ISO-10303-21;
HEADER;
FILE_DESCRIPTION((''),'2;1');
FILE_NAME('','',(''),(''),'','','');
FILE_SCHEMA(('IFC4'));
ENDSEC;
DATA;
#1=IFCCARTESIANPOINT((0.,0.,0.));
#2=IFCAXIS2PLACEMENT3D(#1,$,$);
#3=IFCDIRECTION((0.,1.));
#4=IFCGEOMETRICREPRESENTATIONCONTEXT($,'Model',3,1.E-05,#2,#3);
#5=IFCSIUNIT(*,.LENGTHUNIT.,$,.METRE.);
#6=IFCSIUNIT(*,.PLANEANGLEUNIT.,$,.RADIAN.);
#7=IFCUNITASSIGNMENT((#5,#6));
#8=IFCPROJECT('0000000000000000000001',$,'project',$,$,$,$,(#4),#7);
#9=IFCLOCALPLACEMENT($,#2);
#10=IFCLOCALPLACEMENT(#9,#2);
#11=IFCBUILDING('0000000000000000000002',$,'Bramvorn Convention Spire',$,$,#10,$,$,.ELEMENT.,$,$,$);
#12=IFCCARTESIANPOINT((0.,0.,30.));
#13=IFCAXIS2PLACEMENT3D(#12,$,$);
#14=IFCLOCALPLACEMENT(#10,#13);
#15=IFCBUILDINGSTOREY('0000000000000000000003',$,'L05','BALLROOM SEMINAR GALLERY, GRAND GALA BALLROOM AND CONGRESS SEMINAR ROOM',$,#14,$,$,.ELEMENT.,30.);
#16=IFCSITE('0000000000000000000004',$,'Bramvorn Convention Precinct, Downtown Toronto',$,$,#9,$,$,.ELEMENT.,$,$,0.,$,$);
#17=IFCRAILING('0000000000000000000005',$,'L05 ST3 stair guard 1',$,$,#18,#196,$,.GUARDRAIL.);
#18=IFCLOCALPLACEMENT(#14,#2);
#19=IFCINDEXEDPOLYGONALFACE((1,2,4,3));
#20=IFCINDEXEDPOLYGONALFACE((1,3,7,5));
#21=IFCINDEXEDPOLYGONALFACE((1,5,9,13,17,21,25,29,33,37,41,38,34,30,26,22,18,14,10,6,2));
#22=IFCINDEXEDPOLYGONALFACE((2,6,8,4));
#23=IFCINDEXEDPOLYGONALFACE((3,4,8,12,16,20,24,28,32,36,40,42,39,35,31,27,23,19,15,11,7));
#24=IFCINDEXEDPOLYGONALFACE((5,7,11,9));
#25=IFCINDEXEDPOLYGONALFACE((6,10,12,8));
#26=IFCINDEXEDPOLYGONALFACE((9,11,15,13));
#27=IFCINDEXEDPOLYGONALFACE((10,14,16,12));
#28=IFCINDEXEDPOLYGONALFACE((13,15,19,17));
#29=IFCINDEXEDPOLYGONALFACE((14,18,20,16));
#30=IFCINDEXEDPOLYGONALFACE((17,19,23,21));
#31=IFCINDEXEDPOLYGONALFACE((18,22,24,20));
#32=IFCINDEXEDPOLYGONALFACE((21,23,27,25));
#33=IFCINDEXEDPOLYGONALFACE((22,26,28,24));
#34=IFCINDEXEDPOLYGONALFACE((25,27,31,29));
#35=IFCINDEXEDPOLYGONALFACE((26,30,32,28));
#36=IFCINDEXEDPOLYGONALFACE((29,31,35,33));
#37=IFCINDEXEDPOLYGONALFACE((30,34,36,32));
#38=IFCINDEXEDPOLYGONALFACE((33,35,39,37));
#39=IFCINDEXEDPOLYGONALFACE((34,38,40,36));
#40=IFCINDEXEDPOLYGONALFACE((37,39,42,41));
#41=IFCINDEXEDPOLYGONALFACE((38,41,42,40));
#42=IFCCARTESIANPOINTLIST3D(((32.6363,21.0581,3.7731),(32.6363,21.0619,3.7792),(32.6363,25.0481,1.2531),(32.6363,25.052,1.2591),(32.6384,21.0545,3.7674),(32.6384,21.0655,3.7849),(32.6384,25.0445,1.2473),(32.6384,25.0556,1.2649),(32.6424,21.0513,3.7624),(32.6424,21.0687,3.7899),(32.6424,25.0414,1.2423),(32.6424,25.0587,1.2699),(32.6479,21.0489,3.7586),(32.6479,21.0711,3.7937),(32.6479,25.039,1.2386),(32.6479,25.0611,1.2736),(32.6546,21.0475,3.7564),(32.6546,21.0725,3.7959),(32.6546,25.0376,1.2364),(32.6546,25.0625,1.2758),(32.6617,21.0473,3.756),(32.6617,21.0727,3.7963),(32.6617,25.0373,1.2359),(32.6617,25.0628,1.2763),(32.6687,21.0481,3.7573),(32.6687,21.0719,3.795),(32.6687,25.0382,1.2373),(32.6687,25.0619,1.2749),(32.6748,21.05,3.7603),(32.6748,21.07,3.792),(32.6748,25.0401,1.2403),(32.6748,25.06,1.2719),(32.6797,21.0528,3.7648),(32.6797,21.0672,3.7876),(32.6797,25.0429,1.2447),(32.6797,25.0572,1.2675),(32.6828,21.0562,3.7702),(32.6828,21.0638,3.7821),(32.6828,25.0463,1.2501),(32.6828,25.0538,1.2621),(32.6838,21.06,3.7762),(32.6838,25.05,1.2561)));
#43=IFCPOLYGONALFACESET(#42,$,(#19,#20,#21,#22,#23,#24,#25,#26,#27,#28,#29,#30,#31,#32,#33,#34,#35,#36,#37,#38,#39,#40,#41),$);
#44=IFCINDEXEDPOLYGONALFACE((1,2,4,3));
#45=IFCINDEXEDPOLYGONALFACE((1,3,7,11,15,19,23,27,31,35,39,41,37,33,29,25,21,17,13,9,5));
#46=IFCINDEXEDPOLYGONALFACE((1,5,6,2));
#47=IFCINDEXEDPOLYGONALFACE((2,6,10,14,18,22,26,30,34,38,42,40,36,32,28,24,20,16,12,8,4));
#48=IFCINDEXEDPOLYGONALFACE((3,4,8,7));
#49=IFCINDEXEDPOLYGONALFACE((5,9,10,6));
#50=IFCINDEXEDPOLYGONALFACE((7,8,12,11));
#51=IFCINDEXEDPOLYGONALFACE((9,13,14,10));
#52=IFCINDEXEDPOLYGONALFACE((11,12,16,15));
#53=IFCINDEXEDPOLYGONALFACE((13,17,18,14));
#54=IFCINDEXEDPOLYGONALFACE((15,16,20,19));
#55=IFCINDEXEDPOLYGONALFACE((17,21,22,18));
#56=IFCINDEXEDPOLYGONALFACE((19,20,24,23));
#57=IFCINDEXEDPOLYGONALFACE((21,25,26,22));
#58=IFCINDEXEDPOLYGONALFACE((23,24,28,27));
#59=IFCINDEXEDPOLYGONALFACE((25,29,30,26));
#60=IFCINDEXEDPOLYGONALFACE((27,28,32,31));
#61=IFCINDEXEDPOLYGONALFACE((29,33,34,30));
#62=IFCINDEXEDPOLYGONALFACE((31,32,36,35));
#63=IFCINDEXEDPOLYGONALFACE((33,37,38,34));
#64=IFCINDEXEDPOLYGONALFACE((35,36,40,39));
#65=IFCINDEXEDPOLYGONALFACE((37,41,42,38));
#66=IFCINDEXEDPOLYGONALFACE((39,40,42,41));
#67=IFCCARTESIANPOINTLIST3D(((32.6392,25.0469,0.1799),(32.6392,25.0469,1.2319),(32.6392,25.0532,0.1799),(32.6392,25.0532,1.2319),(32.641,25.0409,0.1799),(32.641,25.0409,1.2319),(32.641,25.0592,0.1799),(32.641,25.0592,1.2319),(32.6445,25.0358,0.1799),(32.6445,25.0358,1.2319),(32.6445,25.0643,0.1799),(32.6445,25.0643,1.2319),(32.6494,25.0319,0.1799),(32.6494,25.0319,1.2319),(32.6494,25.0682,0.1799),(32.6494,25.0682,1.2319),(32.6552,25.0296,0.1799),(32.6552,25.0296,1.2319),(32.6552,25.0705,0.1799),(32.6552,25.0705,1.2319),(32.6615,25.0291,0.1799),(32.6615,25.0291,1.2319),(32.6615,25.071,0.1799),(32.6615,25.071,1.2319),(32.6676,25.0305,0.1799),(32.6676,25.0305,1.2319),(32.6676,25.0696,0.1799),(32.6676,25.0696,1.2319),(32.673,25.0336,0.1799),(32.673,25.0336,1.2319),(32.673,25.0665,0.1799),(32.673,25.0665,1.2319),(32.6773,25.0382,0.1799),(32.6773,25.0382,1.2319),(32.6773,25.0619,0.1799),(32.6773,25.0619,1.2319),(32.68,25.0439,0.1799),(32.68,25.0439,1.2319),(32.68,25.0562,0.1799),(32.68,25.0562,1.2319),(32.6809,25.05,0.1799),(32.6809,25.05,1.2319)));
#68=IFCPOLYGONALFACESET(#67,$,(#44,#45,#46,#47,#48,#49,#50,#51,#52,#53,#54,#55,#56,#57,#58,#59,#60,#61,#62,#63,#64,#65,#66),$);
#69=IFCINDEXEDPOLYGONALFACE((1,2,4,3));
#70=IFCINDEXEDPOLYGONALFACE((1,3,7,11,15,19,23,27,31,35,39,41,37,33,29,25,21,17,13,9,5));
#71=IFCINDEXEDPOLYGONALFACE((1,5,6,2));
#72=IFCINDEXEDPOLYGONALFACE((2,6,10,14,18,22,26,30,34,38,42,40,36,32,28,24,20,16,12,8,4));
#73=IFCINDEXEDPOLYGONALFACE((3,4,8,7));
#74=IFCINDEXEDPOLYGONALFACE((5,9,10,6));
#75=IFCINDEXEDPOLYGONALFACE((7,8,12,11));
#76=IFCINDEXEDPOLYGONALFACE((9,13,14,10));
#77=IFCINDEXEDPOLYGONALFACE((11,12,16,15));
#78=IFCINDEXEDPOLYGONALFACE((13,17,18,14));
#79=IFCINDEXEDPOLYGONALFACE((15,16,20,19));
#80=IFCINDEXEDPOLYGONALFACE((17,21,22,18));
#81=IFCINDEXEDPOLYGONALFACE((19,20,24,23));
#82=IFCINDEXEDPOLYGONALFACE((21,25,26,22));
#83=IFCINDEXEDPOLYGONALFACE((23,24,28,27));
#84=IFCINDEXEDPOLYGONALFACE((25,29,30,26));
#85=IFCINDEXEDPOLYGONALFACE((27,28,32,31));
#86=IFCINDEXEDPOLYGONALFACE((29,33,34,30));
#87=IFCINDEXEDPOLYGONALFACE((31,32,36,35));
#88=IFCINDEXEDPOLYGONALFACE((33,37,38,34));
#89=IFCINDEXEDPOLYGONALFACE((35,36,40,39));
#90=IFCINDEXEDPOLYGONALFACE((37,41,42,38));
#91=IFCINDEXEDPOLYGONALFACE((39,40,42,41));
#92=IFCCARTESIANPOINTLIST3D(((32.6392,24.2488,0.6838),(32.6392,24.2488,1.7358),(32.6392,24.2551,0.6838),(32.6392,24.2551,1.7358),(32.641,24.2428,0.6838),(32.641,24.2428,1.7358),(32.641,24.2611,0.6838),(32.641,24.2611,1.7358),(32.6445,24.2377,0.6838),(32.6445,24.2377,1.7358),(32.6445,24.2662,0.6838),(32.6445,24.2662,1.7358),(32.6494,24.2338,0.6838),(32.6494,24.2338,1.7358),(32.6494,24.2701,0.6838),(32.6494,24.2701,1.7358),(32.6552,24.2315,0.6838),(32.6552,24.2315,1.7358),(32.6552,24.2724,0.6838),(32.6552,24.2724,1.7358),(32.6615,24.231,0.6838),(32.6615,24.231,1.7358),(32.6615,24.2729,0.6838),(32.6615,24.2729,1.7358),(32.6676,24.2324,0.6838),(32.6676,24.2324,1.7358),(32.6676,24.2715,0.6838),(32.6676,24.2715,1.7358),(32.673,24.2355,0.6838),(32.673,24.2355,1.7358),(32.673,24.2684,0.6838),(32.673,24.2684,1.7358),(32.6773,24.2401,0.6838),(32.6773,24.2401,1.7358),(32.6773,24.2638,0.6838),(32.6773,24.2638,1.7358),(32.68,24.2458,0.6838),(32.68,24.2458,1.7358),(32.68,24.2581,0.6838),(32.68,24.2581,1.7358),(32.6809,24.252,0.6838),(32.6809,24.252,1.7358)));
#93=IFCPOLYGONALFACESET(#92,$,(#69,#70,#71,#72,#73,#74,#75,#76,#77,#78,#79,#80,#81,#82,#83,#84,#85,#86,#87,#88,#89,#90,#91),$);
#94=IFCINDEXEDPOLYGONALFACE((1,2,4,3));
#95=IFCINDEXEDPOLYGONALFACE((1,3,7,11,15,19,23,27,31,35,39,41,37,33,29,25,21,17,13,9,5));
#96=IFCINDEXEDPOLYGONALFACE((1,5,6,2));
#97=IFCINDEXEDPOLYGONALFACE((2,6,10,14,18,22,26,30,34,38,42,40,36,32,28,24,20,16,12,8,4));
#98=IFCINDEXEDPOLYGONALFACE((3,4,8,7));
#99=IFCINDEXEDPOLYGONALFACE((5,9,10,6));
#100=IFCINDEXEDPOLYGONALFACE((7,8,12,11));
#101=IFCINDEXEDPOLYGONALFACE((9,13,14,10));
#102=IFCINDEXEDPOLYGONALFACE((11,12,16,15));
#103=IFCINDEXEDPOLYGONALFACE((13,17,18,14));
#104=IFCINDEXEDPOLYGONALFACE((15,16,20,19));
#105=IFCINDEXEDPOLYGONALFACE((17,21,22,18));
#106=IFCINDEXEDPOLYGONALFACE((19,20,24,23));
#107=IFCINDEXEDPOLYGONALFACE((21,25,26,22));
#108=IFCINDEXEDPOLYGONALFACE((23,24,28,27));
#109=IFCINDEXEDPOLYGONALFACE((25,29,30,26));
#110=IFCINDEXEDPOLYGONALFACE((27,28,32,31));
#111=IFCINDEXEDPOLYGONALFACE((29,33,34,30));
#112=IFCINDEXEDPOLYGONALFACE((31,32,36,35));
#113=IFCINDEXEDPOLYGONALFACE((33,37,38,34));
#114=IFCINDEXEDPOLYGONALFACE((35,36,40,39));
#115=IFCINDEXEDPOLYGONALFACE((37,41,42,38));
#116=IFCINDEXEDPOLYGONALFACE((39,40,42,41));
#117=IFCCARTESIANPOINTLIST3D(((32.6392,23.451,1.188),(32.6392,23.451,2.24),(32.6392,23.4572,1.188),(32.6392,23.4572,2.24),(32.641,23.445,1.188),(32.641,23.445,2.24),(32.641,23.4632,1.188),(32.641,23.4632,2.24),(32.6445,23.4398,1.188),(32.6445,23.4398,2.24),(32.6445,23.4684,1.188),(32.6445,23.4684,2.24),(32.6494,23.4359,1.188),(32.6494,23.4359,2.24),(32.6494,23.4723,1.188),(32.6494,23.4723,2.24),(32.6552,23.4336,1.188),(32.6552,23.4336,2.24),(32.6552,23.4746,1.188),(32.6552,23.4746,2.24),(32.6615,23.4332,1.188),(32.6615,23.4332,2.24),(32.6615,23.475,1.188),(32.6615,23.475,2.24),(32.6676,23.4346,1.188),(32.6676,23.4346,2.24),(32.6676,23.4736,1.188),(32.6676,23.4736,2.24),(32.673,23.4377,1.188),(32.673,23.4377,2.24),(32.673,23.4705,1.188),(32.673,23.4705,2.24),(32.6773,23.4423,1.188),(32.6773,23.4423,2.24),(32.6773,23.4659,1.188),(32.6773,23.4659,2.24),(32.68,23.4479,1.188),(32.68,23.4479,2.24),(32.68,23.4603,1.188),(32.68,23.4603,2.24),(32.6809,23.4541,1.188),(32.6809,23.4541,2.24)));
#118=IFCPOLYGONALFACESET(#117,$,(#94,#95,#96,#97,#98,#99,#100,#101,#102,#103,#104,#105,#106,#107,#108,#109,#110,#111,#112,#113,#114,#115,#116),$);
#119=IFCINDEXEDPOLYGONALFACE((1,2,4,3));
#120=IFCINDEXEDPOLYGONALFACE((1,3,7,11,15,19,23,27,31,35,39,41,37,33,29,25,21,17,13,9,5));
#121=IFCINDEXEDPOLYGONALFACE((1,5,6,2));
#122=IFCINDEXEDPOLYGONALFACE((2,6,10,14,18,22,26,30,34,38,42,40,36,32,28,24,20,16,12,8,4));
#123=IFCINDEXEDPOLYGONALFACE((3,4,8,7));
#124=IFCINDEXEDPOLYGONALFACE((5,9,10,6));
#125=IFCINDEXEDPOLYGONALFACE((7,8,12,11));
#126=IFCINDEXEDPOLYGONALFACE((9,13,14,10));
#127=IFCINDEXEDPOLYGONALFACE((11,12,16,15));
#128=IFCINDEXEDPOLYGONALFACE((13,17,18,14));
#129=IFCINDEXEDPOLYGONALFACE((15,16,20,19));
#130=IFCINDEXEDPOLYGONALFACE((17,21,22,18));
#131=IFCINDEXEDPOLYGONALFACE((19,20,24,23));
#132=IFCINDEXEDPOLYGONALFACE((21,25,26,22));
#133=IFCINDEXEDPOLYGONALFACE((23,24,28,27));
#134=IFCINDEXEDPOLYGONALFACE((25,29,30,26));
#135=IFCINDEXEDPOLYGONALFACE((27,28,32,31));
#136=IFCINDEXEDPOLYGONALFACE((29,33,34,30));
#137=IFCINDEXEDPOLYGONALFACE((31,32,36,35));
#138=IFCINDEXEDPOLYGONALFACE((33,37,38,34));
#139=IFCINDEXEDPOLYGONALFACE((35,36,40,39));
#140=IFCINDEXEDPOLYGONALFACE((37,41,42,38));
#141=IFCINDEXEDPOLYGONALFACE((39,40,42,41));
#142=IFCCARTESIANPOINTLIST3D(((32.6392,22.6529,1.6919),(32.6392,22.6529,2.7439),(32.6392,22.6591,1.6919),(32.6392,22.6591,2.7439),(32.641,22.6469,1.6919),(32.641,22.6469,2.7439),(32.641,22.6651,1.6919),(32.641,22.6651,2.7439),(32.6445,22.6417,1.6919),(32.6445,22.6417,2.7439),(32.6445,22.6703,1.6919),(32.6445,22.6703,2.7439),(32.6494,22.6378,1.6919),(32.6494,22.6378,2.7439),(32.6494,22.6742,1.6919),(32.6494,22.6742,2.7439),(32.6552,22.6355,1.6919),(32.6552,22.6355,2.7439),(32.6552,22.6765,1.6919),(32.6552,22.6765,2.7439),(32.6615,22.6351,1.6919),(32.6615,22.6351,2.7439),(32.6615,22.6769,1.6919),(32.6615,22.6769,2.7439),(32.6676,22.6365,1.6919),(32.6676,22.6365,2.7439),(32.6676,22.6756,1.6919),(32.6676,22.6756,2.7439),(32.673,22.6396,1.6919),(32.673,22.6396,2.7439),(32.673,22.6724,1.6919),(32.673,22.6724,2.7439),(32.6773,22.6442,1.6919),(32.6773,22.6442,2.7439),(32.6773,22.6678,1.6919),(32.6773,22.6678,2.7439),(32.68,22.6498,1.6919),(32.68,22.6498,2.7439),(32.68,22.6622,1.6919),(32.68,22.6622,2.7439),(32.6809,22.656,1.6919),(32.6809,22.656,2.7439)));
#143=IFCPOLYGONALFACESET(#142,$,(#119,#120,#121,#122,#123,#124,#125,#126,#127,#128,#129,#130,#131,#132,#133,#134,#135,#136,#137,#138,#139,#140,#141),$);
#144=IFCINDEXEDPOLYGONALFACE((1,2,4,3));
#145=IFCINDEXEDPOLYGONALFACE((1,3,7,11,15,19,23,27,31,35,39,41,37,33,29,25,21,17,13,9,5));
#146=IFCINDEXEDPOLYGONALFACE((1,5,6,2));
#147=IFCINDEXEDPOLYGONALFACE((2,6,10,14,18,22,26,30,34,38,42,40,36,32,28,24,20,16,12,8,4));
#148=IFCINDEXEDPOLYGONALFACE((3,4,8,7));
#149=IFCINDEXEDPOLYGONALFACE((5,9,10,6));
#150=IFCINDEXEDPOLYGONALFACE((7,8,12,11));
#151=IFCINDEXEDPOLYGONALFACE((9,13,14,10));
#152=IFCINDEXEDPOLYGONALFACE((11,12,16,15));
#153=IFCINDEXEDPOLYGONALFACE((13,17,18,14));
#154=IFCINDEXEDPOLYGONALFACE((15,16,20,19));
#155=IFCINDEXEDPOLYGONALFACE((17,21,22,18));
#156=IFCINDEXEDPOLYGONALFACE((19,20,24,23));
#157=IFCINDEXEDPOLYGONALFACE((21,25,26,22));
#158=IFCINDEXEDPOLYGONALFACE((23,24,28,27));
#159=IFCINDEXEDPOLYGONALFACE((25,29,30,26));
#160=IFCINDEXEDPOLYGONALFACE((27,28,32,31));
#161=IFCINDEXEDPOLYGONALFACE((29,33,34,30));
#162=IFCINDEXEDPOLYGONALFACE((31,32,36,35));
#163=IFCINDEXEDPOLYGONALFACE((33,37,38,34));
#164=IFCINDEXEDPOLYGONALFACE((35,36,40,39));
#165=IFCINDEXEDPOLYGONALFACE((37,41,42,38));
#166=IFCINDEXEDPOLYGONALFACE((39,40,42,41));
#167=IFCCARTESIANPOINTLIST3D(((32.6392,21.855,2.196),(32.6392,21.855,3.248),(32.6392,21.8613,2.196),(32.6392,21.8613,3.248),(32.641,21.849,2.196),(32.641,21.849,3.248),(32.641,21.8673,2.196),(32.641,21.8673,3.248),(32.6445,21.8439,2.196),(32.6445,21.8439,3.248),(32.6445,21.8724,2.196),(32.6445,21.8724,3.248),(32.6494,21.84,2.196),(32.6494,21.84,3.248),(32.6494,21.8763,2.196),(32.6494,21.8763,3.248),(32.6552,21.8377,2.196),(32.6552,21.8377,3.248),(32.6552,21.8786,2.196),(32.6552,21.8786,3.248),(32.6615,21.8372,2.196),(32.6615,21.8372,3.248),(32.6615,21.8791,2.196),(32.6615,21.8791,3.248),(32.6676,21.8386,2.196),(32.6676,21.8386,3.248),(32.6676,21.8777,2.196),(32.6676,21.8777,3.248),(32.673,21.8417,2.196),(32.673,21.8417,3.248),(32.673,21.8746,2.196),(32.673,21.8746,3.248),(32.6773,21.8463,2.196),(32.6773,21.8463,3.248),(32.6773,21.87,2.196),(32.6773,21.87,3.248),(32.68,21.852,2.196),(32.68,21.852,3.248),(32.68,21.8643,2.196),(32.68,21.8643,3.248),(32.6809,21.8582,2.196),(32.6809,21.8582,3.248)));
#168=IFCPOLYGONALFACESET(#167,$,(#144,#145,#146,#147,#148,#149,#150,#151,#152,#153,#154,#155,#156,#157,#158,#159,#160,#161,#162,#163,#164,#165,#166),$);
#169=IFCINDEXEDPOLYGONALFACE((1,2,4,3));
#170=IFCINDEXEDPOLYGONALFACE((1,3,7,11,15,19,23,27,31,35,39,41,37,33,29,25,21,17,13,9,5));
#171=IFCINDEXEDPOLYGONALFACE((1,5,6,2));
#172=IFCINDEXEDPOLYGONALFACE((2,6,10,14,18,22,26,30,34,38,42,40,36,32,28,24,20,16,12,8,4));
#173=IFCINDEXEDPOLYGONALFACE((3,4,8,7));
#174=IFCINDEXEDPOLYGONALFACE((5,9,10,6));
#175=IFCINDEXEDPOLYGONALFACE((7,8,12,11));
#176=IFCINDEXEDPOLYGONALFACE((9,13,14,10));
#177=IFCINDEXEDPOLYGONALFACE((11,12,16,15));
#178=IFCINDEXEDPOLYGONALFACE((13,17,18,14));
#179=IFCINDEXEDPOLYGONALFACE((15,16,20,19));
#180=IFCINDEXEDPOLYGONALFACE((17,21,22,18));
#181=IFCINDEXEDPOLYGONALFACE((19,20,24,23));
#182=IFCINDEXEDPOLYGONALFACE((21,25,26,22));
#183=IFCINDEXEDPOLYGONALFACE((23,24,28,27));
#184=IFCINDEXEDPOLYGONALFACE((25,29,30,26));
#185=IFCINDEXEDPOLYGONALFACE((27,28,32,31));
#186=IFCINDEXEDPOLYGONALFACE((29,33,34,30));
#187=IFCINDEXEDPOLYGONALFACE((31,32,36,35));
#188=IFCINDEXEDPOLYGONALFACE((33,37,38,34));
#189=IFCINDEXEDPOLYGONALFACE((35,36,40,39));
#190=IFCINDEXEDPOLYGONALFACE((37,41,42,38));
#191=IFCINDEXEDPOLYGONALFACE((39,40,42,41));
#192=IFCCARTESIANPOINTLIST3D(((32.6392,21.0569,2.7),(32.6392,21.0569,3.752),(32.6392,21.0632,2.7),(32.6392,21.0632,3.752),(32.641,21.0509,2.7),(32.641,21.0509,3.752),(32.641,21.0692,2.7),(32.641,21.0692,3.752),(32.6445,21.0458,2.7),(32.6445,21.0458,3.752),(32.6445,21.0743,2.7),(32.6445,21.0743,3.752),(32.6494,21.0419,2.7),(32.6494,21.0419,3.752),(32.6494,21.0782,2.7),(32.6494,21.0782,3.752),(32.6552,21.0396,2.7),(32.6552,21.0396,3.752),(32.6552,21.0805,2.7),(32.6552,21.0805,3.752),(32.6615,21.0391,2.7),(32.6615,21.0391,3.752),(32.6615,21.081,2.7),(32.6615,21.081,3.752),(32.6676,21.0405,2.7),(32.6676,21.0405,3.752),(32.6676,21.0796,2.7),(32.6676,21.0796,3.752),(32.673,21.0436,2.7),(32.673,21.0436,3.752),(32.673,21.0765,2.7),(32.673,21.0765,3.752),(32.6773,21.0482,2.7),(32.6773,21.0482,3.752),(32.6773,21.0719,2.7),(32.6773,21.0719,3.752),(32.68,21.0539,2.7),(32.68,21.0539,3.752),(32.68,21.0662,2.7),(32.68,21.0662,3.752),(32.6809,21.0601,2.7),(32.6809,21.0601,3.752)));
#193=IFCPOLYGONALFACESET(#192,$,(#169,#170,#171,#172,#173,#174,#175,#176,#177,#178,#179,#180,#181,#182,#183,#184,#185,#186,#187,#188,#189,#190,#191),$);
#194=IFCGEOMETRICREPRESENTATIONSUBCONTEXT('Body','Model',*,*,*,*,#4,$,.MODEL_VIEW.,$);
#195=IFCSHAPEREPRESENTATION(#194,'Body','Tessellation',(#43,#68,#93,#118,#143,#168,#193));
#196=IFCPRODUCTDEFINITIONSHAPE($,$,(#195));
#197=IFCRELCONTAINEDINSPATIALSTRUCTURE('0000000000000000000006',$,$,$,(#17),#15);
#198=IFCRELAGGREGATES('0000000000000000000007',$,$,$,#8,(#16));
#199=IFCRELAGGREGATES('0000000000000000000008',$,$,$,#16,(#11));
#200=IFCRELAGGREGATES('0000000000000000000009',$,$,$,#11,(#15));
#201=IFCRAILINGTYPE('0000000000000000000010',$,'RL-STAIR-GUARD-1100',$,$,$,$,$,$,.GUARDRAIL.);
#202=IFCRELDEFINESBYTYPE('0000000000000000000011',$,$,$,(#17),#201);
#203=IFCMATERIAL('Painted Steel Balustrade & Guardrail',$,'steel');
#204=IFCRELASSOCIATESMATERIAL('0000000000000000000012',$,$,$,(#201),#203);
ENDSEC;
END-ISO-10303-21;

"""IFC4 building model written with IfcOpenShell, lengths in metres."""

from ifc_helpers import new_model, si_unit, direction, frame, origin, origin_2d, place, context, subcontext, project, spatial, circle, extrude, material, type_object, element, save


model = new_model("IFC4")

# Units and contexts
model_context = context("Model", 3, precision=1e-05, world=origin(), true_north=direction((0.0, 1.0)))
body_context = subcontext(model_context, "Body", "Model", "MODEL_VIEW")
ifc_project = project(units=[si_unit("LENGTHUNIT", "METRE"), si_unit("PLANEANGLEUNIT", "RADIAN")], contexts=[model_context])

# Site, building, storey
site_placement = place(None, origin())
site = spatial("IfcSite", under=ifc_project, at=site_placement, Name="Bramvorn Convention Precinct, Downtown Toronto", CompositionType="ELEMENT", RefElevation=0.0)
building_placement = place(site_placement, origin())
building = spatial("IfcBuilding", under=site, at=building_placement, Name="Bramvorn Convention Spire", CompositionType="ELEMENT")
storey_placement = place(building_placement, frame((0.0, 0.0, 30.0)))
storey = spatial("IfcBuildingStorey", under=building, at=storey_placement, Name="L05", Description="BALLROOM SEMINAR GALLERY, GRAND GALA BALLROOM AND CONGRESS SEMINAR ROOM", CompositionType="ELEMENT", Elevation=30.0)

# Railing
ifc_material_1 = material(Name="Painted Steel Balustrade & Guardrail", Category="steel")
railing_type_1 = type_object("IfcRailingType", Name="RL-STAIR-GUARD-1100", PredefinedType="GUARDRAIL", material=ifc_material_1)
railing_1_placement = place(storey_placement, frame((32.6599, 25.05, 0.1799)))
element("IfcRailing", 1, at=railing_1_placement, inside=storey, type_object=railing_type_1, Name="L05 ST3 stair guard 1", PredefinedType="GUARDRAIL", context=body_context, shape_type="SweptSolid", body=[
    extrude(circle(Radius=0.0239, at=origin_2d()), frame((0.0, 0.0, 1.0762), z_axis=(0.0, -0.845486, 0.533997), x_axis=(1.0, 0.0, 0.0)), (0.0, 0.0, 1.0), 4.7192),
    extrude(circle(Radius=0.021, at=origin_2d()), origin(), (0.0, 0.0, 1.0), 1.052),
    extrude(circle(Radius=0.021, at=origin_2d()), frame((0.0, -0.7981, 0.5039)), (0.0, 0.0, 1.0), 1.052),
    extrude(circle(Radius=0.021, at=origin_2d()), frame((0.0, -1.5959, 1.0081)), (0.0, 0.0, 1.0), 1.052),
    extrude(circle(Radius=0.021, at=origin_2d()), frame((0.0, -2.394, 1.512)), (0.0, 0.0, 1.0), 1.052),
    extrude(circle(Radius=0.021, at=origin_2d()), frame((0.0, -3.1919, 2.0161)), (0.0, 0.0, 1.0), 1.052),
    extrude(circle(Radius=0.021, at=origin_2d()), frame((0.0, -3.99, 2.52)), (0.0, 0.0, 1.0), 1.052),
])

save(model, "model.ifc")
